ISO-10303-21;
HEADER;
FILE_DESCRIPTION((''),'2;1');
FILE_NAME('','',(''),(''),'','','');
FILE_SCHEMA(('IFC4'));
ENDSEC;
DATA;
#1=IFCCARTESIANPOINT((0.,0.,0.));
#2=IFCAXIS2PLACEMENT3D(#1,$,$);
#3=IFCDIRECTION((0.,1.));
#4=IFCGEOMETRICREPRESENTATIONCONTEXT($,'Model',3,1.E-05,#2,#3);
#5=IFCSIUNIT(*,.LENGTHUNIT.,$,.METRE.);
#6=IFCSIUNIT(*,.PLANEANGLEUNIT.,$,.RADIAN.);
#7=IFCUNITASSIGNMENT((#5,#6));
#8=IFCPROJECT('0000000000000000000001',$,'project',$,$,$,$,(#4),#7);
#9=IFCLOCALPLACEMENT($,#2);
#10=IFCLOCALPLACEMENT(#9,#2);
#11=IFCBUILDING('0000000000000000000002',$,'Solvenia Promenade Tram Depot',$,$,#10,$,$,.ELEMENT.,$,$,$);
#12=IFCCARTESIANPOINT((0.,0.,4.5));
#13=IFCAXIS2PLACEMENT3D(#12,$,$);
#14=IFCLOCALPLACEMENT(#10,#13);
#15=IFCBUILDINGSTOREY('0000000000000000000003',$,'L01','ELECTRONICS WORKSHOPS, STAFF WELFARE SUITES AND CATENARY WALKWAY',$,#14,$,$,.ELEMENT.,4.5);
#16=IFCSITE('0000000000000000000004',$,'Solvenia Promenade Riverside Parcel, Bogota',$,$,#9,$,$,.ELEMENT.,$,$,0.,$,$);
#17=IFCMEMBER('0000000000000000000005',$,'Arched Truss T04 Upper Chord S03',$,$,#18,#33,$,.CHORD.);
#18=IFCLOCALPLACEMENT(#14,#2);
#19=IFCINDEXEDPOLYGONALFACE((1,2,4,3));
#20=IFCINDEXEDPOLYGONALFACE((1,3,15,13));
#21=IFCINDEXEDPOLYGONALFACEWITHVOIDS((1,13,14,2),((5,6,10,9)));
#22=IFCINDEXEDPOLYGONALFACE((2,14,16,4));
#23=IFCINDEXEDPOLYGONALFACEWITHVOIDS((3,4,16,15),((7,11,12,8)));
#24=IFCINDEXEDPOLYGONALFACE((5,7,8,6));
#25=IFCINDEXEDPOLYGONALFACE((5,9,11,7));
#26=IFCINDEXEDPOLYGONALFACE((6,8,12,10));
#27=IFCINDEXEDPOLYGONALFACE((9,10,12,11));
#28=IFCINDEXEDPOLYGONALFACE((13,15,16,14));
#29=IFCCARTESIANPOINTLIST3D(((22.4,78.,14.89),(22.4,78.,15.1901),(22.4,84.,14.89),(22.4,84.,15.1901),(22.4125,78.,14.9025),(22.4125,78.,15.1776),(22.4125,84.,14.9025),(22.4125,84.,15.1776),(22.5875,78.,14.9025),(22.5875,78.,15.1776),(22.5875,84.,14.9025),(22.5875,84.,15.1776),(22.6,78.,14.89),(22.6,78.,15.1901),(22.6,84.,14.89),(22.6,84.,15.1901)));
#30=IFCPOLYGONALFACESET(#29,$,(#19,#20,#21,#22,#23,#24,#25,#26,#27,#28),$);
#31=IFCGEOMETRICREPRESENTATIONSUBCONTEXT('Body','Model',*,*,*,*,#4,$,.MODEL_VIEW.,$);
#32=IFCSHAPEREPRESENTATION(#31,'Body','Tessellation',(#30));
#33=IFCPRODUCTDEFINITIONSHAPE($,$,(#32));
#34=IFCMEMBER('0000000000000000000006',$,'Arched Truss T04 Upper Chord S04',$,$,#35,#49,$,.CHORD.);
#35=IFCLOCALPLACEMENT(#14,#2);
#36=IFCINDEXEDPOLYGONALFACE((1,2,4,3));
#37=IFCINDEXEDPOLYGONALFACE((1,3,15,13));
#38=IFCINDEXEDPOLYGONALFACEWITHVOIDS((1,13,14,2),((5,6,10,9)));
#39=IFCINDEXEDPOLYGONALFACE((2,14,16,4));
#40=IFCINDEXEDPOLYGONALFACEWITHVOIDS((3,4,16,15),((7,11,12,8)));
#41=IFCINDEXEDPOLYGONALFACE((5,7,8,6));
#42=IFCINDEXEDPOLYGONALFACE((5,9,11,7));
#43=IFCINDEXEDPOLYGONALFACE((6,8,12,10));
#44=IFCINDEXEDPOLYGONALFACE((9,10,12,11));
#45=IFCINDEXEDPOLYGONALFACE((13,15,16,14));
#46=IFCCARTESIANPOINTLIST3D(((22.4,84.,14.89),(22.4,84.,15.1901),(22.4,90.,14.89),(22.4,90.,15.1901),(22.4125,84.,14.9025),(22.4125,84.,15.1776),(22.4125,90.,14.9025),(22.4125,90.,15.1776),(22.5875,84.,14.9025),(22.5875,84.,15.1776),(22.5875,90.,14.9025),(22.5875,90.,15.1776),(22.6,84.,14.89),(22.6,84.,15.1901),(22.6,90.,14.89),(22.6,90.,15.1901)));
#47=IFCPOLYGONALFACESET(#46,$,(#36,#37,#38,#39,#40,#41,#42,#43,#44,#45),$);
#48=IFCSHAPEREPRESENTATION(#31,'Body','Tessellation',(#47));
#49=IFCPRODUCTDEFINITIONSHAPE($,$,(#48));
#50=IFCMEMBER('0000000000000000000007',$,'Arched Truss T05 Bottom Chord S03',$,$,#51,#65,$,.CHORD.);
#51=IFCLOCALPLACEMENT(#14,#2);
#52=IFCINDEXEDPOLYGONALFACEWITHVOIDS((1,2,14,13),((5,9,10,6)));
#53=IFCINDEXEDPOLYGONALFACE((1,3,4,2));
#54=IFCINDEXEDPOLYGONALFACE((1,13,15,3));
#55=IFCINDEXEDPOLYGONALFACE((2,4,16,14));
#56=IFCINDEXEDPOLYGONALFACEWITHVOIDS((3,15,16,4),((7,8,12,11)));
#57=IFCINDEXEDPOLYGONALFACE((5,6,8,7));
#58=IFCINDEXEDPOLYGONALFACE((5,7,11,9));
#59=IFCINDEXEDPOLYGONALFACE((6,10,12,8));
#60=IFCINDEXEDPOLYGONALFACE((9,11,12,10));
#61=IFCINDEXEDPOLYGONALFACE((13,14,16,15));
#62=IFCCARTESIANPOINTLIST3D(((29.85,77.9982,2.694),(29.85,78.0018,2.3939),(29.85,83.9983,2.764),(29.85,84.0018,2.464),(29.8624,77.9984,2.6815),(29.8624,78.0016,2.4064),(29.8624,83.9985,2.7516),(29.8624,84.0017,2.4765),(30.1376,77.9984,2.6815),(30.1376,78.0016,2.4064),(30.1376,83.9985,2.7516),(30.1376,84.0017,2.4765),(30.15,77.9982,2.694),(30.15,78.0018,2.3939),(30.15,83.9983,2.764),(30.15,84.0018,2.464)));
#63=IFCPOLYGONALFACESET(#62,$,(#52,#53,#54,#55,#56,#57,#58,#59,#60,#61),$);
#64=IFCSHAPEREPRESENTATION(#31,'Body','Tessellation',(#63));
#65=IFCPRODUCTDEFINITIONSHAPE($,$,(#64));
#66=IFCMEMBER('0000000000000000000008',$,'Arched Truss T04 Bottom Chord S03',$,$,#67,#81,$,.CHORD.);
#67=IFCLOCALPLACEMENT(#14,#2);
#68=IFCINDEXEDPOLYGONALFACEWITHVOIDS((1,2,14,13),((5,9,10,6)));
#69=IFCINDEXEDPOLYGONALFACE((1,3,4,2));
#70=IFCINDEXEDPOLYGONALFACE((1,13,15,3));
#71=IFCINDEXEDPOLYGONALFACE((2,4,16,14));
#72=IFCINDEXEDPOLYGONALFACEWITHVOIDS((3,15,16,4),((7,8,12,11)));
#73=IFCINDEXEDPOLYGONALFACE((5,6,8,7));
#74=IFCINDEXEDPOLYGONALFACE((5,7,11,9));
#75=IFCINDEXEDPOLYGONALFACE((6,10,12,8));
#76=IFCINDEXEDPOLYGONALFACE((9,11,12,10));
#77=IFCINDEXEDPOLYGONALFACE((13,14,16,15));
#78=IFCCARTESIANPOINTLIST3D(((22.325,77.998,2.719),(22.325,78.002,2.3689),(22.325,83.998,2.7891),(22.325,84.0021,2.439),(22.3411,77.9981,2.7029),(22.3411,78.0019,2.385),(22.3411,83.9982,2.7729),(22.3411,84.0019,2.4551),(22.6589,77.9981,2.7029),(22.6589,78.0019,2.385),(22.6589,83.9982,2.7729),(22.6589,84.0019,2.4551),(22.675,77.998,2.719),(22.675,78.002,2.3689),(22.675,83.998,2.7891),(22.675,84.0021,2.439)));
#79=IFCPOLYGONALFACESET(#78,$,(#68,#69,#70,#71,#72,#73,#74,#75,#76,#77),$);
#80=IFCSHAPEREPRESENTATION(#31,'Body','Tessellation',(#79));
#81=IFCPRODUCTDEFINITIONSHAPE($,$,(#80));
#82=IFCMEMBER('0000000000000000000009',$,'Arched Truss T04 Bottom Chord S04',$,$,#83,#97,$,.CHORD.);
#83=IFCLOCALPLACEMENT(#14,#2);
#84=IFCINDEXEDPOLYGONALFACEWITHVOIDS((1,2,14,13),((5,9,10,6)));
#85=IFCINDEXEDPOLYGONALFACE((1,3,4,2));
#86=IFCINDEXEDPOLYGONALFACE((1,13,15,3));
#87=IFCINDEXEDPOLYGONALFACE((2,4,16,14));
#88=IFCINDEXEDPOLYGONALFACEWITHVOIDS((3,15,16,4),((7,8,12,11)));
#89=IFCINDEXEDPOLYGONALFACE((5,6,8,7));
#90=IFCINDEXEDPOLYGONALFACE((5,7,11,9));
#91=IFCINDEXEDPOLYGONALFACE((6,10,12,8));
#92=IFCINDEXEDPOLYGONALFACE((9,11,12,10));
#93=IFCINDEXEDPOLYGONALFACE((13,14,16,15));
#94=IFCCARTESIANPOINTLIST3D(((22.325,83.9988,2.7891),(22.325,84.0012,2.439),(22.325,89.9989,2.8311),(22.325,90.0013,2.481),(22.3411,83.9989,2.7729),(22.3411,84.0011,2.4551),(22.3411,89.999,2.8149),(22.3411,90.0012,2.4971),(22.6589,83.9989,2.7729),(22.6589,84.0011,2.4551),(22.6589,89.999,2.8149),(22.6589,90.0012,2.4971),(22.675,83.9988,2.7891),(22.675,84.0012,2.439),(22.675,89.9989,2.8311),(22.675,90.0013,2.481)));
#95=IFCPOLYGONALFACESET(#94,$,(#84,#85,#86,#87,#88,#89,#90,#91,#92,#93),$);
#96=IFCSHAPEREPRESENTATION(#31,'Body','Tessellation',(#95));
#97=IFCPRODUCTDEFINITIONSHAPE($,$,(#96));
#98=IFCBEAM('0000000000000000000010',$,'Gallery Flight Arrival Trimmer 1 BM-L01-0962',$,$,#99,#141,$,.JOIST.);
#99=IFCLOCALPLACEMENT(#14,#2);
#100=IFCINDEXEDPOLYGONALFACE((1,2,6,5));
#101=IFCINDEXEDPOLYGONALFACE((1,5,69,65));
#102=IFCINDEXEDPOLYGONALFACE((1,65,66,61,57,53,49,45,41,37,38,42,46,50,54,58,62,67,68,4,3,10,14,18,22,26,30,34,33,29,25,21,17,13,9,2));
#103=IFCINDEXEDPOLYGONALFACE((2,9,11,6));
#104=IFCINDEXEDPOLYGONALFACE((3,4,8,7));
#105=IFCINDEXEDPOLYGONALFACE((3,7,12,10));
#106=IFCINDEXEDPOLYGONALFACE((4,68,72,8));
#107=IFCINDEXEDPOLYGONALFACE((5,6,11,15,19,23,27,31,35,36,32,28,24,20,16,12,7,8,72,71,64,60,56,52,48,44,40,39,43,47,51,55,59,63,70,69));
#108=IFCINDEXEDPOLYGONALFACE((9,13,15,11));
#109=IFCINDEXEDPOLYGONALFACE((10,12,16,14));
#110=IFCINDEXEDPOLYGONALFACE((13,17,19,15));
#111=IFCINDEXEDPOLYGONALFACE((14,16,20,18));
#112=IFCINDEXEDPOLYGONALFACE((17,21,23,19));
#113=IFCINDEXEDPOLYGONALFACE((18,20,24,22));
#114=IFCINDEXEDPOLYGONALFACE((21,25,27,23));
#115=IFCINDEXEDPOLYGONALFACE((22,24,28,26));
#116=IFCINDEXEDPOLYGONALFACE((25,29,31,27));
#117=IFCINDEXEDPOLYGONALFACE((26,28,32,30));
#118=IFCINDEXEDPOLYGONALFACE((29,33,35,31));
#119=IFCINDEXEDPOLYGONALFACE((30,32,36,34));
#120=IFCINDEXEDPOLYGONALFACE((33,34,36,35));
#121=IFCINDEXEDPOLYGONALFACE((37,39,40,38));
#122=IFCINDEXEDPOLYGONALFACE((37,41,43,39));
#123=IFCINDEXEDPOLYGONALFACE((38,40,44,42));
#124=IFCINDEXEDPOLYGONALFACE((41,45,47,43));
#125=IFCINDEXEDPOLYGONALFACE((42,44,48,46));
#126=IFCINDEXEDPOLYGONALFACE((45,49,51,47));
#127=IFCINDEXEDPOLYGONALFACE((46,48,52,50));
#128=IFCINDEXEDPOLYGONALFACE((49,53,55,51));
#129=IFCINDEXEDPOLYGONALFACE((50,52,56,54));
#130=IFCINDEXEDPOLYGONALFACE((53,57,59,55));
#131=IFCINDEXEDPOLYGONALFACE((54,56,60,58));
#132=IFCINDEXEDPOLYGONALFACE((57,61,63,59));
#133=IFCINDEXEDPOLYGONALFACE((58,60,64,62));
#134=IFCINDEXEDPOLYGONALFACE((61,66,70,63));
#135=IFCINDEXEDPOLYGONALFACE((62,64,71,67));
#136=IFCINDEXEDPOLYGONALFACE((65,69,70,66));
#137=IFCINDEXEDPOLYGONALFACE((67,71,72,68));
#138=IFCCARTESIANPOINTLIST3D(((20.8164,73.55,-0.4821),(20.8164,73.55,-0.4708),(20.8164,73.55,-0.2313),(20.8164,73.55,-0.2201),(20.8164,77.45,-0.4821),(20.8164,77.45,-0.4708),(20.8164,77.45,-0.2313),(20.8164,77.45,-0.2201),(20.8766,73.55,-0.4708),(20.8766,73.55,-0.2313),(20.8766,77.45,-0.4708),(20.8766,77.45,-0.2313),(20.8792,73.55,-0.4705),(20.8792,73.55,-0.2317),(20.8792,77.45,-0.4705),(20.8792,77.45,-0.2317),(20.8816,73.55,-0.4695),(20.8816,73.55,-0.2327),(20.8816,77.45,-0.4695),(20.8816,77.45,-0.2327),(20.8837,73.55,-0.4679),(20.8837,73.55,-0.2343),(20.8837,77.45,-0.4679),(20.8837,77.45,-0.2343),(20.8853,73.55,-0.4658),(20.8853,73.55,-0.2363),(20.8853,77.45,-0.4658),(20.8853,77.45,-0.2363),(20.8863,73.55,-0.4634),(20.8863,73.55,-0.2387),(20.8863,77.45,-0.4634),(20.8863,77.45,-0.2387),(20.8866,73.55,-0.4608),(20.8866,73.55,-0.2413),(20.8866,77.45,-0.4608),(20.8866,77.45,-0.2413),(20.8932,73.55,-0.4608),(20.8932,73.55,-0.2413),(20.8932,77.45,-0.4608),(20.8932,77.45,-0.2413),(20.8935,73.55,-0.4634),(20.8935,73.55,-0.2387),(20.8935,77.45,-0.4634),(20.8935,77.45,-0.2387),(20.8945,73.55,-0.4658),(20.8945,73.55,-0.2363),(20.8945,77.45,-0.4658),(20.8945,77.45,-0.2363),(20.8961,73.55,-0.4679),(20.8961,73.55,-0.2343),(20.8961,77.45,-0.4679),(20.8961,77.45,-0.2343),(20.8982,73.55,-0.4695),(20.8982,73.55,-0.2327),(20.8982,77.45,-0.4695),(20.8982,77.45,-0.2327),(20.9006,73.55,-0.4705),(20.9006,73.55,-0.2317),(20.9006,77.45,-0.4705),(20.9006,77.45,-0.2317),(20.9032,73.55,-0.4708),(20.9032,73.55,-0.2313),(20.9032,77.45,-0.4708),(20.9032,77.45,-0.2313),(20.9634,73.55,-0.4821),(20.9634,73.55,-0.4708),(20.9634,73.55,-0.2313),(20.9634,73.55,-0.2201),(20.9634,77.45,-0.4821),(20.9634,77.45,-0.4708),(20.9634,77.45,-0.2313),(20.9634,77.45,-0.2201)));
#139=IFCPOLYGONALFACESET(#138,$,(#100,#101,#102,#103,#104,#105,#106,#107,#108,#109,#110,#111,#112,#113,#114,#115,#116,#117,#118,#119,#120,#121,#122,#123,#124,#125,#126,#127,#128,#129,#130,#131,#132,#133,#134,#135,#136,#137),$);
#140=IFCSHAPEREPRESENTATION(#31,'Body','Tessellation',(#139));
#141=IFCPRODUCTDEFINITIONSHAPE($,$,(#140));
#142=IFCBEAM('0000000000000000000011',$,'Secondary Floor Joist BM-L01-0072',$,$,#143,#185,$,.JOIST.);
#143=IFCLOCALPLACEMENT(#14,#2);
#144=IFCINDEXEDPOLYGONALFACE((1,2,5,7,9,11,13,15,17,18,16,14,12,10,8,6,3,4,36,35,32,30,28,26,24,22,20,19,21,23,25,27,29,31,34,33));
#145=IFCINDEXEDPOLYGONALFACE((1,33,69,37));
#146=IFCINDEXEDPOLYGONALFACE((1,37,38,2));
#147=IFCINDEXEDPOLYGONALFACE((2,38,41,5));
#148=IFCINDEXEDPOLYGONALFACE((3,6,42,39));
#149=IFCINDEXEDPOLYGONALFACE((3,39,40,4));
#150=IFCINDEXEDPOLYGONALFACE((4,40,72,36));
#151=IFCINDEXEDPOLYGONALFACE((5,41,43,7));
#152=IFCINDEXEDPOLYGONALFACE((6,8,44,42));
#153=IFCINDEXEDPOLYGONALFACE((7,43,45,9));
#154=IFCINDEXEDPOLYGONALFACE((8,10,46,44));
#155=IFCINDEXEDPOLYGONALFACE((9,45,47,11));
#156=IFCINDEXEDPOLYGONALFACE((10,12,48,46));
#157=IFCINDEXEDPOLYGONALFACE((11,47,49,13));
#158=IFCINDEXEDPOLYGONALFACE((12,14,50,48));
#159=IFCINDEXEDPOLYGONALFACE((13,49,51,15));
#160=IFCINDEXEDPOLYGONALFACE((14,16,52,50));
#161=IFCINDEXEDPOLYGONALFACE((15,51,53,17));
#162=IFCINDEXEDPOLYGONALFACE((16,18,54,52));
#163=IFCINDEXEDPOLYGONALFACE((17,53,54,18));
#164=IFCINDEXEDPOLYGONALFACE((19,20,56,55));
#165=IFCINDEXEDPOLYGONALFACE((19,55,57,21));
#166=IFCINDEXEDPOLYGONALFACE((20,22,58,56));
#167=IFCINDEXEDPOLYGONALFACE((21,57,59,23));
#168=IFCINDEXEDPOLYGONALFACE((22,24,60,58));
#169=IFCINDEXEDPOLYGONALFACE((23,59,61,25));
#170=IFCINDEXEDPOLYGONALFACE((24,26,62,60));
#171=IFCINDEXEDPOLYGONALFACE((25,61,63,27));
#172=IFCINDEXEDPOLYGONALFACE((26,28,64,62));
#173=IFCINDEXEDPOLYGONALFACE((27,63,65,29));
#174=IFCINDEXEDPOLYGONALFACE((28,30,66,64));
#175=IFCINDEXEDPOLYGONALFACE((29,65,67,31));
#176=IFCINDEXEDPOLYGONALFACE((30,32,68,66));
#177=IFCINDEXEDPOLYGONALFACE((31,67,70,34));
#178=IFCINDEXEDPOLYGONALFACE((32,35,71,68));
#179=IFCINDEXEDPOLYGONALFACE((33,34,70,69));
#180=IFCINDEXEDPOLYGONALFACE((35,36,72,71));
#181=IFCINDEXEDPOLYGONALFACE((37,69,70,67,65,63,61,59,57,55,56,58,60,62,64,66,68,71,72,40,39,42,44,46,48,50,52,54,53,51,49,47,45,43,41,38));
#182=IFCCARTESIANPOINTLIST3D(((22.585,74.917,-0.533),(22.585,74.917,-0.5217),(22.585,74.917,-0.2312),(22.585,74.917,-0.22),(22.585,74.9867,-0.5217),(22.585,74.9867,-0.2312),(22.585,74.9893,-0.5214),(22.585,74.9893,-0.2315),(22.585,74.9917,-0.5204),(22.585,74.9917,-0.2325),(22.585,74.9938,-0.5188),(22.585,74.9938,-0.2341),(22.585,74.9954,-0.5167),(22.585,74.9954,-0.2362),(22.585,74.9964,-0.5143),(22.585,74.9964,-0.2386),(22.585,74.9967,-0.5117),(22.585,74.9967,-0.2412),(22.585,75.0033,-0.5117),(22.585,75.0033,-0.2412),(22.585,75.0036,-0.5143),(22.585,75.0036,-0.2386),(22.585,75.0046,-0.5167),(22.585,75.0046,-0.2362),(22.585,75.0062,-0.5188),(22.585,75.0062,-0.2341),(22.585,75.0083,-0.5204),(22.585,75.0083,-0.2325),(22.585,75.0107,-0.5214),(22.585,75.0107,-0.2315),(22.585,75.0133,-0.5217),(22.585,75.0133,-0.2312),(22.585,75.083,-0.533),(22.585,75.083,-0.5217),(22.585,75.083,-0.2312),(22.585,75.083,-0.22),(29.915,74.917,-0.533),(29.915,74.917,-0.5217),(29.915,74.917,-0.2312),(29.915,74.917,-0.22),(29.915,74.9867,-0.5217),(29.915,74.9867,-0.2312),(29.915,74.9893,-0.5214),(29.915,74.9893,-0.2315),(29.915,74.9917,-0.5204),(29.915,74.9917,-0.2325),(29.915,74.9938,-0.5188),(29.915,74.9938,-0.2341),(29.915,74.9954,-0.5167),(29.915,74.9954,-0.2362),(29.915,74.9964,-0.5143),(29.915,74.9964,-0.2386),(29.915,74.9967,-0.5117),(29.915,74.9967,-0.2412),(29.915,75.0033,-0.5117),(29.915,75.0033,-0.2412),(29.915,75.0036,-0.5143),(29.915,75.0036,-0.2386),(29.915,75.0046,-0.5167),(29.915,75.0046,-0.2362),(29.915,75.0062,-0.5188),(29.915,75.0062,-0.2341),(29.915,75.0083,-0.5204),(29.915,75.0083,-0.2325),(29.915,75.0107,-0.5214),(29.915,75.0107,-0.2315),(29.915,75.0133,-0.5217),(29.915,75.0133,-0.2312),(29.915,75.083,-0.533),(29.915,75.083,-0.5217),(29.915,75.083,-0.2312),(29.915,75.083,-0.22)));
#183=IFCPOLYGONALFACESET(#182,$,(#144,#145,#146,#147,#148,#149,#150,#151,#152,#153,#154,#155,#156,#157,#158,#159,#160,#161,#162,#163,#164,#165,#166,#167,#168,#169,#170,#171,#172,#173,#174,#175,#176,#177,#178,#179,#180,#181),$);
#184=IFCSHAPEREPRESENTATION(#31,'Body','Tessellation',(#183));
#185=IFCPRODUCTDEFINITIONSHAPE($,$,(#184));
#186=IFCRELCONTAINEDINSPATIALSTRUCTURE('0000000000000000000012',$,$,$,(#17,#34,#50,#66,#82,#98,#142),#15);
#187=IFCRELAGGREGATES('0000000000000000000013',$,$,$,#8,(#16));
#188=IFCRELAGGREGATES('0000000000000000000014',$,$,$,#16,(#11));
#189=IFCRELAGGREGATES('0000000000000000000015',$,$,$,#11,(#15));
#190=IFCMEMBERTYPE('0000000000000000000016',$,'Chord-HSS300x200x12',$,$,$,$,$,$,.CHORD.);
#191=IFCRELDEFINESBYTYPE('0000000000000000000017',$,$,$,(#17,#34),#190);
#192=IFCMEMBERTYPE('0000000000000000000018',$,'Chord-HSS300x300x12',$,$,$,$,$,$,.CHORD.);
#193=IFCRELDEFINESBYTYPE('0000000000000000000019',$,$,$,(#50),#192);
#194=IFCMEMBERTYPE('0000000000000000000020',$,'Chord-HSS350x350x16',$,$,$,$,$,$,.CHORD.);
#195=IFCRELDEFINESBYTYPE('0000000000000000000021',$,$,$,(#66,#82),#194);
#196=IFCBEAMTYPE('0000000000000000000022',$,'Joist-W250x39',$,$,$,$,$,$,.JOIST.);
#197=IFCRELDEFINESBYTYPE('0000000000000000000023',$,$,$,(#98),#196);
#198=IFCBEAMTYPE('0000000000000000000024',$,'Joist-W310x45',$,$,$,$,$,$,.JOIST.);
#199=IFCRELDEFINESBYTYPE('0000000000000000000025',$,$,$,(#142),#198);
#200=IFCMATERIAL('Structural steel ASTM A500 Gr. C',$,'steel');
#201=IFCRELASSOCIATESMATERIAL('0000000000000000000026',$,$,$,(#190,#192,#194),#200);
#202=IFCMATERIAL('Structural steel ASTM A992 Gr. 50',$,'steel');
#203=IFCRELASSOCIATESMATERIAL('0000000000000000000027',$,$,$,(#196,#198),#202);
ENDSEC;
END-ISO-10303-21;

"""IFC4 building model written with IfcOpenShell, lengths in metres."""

from ifc_helpers import new_model, si_unit, direction, frame, origin, origin_2d, place, context, subcontext, project, spatial, hollow_rectangle, i_section, extrude, material, material_profile, profile_set, type_object, element, save


model = new_model("IFC4")

# Units and contexts
model_context = context("Model", 3, precision=1e-05, world=origin(), true_north=direction((0.0, 1.0)))
body_context = subcontext(model_context, "Body", "Model", "MODEL_VIEW")
ifc_project = project(units=[si_unit("LENGTHUNIT", "METRE"), si_unit("PLANEANGLEUNIT", "RADIAN")], contexts=[model_context])

# Site, building, storey
site_placement = place(None, origin())
site = spatial("IfcSite", under=ifc_project, at=site_placement, Name="Solvenia Promenade Riverside Parcel, Bogota", CompositionType="ELEMENT", RefElevation=0.0)
building_placement = place(site_placement, origin())
building = spatial("IfcBuilding", under=site, at=building_placement, Name="Solvenia Promenade Tram Depot", CompositionType="ELEMENT")
storey_placement = place(building_placement, frame((0.0, 0.0, 4.5)))
storey = spatial("IfcBuildingStorey", under=building, at=storey_placement, Name="L01", Description="ELECTRONICS WORKSHOPS, STAFF WELFARE SUITES AND CATENARY WALKWAY", CompositionType="ELEMENT", Elevation=4.5)

# Members
ifc_material_1 = material(Name="Structural steel ASTM A500 Gr. C", Category="steel")
ifc_material_profile_1 = material_profile(ifc_material_1, hollow_rectangle(XDim=0.2, YDim=0.3, WallThickness=0.0125, at=origin_2d()), Name="HSS300x200x12.5", Category="steel")
ifc_profile_set_1 = profile_set([ifc_material_profile_1], Name="Structural steel ASTM A500 Gr. C")
member_type_1 = type_object("IfcMemberType", Name="Chord-HSS300x200x12", PredefinedType="CHORD", material=ifc_profile_set_1)
for number, where, z_axis, x_axis, name in (
    (1, (22.5, 78.0, 15.04), (0.0, 1.0, 0.0), (-1.0, 0.0, 0.0), "Arched Truss T04 Upper Chord S03"),
    (2, (22.5, 84.0, 15.04), (0.0, 1.0, 0.0), (-1.0, 0.0, 0.0), "Arched Truss T04 Upper Chord S04"),
):
    element("IfcMember", number, at=place(storey_placement, frame(where, z_axis=z_axis, x_axis=x_axis)), inside=storey, type_object=member_type_1, Name=name, PredefinedType="CHORD", context=body_context, shape_type="SweptSolid", body=[
        extrude(hollow_rectangle(XDim=0.2, YDim=0.3, WallThickness=0.0125, at=origin_2d()), origin(), (0.0, 0.0, 1.0), 6.0),
    ])
ifc_material_profile_2 = material_profile(ifc_material_1, hollow_rectangle(XDim=0.3, YDim=0.3, WallThickness=0.0125, at=origin_2d()), Name="HSS300x300x12.5", Category="steel")
ifc_profile_set_2 = profile_set([ifc_material_profile_2], Name="Structural steel ASTM A500 Gr. C")
member_type_2 = type_object("IfcMemberType", Name="Chord-HSS300x300x12", PredefinedType="CHORD", material=ifc_profile_set_2)
member_1_placement = place(storey_placement, frame((30.0, 78.0, 2.5439), z_axis=(0.0, 0.999932, 0.011677), x_axis=(-1.0, 0.0, 0.0)))
element("IfcMember", 3, at=member_1_placement, inside=storey, type_object=member_type_2, Name="Arched Truss T05 Bottom Chord S03", PredefinedType="CHORD", context=body_context, shape_type="SweptSolid", body=[
    extrude(hollow_rectangle(XDim=0.3, YDim=0.3, WallThickness=0.0125, at=origin_2d()), origin(), (0.0, 0.0, 1.0), 6.0005),
])
ifc_material_profile_3 = material_profile(ifc_material_1, hollow_rectangle(XDim=0.3501, YDim=0.3501, WallThickness=0.0161, at=origin_2d()), Name="HSS350x350x16", Category="steel")
ifc_profile_set_3 = profile_set([ifc_material_profile_3], Name="Structural steel ASTM A500 Gr. C")
member_type_3 = type_object("IfcMemberType", Name="Chord-HSS350x350x16", PredefinedType="CHORD", material=ifc_profile_set_3)
member_2_placement = place(storey_placement, frame((22.5, 78.0, 2.5439), z_axis=(0.0, 0.999932, 0.011677), x_axis=(-1.0, 0.0, 0.0)))
element("IfcMember", 4, at=member_2_placement, inside=storey, type_object=member_type_3, Name="Arched Truss T04 Bottom Chord S03", PredefinedType="CHORD", context=body_context, shape_type="SweptSolid", body=[
    extrude(hollow_rectangle(XDim=0.3501, YDim=0.3501, WallThickness=0.0161, at=origin_2d()), origin(), (0.0, 0.0, 1.0), 6.0005),
])
member_3_placement = place(storey_placement, frame((22.5, 84.0, 2.614), z_axis=(0.0, 0.999976, 0.006999), x_axis=(-1.0, 0.0, 0.0)))
element("IfcMember", 5, at=member_3_placement, inside=storey, type_object=member_type_3, Name="Arched Truss T04 Bottom Chord S04", PredefinedType="CHORD", context=body_context, shape_type="SweptSolid", body=[
    extrude(hollow_rectangle(XDim=0.3501, YDim=0.3501, WallThickness=0.0161, at=origin_2d()), origin(), (0.0, 0.0, 1.0), 6.0002),
])

# Beams
ifc_material_2 = material(Name="Structural steel ASTM A992 Gr. 50", Category="steel")
ifc_material_profile_4 = material_profile(ifc_material_2, i_section(OverallWidth=0.147, OverallDepth=0.262, WebThickness=0.0066, FlangeThickness=0.0112, FilletRadius=0.01, at=origin_2d()), Name="W250x39", Category="steel")
ifc_profile_set_4 = profile_set([ifc_material_profile_4], Name="Structural steel ASTM A992 Gr. 50")
beam_type_1 = type_object("IfcBeamType", Name="Joist-W250x39", PredefinedType="JOIST", material=ifc_profile_set_4)
beam_1_placement = place(storey_placement, frame((20.8899, 73.55, -0.3511), z_axis=(0.0, 1.0, 0.0), x_axis=(-1.0, 0.0, 0.0)))
element("IfcBeam", 6, at=beam_1_placement, inside=storey, type_object=beam_type_1, Name="Gallery Flight Arrival Trimmer 1 BM-L01-0962", PredefinedType="JOIST", context=body_context, shape_type="SweptSolid", body=[
    extrude(i_section(OverallWidth=0.147, OverallDepth=0.262, WebThickness=0.0066, FlangeThickness=0.0112, FilletRadius=0.01, at=origin_2d()), origin(), (0.0, 0.0, 1.0), 3.8999),
])
ifc_material_profile_5 = material_profile(ifc_material_2, i_section(OverallWidth=0.166, OverallDepth=0.313, WebThickness=0.0066, FlangeThickness=0.0112, FilletRadius=0.01, at=origin_2d()), Name="W310x45", Category="steel")
ifc_profile_set_5 = profile_set([ifc_material_profile_5], Name="Structural steel ASTM A992 Gr. 50")
beam_type_2 = type_object("IfcBeamType", Name="Joist-W310x45", PredefinedType="JOIST", material=ifc_profile_set_5)
for number, where, z_axis, x_axis, name in (
    (7, (22.585, 75.0, -0.3765), (1.0, 0.0, 0.0), (0.0, 1.0, 0.0), "Secondary Floor Joist BM-L01-0072"),
):
    element("IfcBeam", number, at=place(storey_placement, frame(where, z_axis=z_axis, x_axis=x_axis)), inside=storey, type_object=beam_type_2, Name=name, PredefinedType="JOIST", context=body_context, shape_type="SweptSolid", body=[
        extrude(i_section(OverallWidth=0.166, OverallDepth=0.313, WebThickness=0.0066, FlangeThickness=0.0112, FilletRadius=0.01, at=origin_2d()), origin(), (0.0, 0.0, 1.0), 7.3301),
    ])

save(model, "model.ifc")
